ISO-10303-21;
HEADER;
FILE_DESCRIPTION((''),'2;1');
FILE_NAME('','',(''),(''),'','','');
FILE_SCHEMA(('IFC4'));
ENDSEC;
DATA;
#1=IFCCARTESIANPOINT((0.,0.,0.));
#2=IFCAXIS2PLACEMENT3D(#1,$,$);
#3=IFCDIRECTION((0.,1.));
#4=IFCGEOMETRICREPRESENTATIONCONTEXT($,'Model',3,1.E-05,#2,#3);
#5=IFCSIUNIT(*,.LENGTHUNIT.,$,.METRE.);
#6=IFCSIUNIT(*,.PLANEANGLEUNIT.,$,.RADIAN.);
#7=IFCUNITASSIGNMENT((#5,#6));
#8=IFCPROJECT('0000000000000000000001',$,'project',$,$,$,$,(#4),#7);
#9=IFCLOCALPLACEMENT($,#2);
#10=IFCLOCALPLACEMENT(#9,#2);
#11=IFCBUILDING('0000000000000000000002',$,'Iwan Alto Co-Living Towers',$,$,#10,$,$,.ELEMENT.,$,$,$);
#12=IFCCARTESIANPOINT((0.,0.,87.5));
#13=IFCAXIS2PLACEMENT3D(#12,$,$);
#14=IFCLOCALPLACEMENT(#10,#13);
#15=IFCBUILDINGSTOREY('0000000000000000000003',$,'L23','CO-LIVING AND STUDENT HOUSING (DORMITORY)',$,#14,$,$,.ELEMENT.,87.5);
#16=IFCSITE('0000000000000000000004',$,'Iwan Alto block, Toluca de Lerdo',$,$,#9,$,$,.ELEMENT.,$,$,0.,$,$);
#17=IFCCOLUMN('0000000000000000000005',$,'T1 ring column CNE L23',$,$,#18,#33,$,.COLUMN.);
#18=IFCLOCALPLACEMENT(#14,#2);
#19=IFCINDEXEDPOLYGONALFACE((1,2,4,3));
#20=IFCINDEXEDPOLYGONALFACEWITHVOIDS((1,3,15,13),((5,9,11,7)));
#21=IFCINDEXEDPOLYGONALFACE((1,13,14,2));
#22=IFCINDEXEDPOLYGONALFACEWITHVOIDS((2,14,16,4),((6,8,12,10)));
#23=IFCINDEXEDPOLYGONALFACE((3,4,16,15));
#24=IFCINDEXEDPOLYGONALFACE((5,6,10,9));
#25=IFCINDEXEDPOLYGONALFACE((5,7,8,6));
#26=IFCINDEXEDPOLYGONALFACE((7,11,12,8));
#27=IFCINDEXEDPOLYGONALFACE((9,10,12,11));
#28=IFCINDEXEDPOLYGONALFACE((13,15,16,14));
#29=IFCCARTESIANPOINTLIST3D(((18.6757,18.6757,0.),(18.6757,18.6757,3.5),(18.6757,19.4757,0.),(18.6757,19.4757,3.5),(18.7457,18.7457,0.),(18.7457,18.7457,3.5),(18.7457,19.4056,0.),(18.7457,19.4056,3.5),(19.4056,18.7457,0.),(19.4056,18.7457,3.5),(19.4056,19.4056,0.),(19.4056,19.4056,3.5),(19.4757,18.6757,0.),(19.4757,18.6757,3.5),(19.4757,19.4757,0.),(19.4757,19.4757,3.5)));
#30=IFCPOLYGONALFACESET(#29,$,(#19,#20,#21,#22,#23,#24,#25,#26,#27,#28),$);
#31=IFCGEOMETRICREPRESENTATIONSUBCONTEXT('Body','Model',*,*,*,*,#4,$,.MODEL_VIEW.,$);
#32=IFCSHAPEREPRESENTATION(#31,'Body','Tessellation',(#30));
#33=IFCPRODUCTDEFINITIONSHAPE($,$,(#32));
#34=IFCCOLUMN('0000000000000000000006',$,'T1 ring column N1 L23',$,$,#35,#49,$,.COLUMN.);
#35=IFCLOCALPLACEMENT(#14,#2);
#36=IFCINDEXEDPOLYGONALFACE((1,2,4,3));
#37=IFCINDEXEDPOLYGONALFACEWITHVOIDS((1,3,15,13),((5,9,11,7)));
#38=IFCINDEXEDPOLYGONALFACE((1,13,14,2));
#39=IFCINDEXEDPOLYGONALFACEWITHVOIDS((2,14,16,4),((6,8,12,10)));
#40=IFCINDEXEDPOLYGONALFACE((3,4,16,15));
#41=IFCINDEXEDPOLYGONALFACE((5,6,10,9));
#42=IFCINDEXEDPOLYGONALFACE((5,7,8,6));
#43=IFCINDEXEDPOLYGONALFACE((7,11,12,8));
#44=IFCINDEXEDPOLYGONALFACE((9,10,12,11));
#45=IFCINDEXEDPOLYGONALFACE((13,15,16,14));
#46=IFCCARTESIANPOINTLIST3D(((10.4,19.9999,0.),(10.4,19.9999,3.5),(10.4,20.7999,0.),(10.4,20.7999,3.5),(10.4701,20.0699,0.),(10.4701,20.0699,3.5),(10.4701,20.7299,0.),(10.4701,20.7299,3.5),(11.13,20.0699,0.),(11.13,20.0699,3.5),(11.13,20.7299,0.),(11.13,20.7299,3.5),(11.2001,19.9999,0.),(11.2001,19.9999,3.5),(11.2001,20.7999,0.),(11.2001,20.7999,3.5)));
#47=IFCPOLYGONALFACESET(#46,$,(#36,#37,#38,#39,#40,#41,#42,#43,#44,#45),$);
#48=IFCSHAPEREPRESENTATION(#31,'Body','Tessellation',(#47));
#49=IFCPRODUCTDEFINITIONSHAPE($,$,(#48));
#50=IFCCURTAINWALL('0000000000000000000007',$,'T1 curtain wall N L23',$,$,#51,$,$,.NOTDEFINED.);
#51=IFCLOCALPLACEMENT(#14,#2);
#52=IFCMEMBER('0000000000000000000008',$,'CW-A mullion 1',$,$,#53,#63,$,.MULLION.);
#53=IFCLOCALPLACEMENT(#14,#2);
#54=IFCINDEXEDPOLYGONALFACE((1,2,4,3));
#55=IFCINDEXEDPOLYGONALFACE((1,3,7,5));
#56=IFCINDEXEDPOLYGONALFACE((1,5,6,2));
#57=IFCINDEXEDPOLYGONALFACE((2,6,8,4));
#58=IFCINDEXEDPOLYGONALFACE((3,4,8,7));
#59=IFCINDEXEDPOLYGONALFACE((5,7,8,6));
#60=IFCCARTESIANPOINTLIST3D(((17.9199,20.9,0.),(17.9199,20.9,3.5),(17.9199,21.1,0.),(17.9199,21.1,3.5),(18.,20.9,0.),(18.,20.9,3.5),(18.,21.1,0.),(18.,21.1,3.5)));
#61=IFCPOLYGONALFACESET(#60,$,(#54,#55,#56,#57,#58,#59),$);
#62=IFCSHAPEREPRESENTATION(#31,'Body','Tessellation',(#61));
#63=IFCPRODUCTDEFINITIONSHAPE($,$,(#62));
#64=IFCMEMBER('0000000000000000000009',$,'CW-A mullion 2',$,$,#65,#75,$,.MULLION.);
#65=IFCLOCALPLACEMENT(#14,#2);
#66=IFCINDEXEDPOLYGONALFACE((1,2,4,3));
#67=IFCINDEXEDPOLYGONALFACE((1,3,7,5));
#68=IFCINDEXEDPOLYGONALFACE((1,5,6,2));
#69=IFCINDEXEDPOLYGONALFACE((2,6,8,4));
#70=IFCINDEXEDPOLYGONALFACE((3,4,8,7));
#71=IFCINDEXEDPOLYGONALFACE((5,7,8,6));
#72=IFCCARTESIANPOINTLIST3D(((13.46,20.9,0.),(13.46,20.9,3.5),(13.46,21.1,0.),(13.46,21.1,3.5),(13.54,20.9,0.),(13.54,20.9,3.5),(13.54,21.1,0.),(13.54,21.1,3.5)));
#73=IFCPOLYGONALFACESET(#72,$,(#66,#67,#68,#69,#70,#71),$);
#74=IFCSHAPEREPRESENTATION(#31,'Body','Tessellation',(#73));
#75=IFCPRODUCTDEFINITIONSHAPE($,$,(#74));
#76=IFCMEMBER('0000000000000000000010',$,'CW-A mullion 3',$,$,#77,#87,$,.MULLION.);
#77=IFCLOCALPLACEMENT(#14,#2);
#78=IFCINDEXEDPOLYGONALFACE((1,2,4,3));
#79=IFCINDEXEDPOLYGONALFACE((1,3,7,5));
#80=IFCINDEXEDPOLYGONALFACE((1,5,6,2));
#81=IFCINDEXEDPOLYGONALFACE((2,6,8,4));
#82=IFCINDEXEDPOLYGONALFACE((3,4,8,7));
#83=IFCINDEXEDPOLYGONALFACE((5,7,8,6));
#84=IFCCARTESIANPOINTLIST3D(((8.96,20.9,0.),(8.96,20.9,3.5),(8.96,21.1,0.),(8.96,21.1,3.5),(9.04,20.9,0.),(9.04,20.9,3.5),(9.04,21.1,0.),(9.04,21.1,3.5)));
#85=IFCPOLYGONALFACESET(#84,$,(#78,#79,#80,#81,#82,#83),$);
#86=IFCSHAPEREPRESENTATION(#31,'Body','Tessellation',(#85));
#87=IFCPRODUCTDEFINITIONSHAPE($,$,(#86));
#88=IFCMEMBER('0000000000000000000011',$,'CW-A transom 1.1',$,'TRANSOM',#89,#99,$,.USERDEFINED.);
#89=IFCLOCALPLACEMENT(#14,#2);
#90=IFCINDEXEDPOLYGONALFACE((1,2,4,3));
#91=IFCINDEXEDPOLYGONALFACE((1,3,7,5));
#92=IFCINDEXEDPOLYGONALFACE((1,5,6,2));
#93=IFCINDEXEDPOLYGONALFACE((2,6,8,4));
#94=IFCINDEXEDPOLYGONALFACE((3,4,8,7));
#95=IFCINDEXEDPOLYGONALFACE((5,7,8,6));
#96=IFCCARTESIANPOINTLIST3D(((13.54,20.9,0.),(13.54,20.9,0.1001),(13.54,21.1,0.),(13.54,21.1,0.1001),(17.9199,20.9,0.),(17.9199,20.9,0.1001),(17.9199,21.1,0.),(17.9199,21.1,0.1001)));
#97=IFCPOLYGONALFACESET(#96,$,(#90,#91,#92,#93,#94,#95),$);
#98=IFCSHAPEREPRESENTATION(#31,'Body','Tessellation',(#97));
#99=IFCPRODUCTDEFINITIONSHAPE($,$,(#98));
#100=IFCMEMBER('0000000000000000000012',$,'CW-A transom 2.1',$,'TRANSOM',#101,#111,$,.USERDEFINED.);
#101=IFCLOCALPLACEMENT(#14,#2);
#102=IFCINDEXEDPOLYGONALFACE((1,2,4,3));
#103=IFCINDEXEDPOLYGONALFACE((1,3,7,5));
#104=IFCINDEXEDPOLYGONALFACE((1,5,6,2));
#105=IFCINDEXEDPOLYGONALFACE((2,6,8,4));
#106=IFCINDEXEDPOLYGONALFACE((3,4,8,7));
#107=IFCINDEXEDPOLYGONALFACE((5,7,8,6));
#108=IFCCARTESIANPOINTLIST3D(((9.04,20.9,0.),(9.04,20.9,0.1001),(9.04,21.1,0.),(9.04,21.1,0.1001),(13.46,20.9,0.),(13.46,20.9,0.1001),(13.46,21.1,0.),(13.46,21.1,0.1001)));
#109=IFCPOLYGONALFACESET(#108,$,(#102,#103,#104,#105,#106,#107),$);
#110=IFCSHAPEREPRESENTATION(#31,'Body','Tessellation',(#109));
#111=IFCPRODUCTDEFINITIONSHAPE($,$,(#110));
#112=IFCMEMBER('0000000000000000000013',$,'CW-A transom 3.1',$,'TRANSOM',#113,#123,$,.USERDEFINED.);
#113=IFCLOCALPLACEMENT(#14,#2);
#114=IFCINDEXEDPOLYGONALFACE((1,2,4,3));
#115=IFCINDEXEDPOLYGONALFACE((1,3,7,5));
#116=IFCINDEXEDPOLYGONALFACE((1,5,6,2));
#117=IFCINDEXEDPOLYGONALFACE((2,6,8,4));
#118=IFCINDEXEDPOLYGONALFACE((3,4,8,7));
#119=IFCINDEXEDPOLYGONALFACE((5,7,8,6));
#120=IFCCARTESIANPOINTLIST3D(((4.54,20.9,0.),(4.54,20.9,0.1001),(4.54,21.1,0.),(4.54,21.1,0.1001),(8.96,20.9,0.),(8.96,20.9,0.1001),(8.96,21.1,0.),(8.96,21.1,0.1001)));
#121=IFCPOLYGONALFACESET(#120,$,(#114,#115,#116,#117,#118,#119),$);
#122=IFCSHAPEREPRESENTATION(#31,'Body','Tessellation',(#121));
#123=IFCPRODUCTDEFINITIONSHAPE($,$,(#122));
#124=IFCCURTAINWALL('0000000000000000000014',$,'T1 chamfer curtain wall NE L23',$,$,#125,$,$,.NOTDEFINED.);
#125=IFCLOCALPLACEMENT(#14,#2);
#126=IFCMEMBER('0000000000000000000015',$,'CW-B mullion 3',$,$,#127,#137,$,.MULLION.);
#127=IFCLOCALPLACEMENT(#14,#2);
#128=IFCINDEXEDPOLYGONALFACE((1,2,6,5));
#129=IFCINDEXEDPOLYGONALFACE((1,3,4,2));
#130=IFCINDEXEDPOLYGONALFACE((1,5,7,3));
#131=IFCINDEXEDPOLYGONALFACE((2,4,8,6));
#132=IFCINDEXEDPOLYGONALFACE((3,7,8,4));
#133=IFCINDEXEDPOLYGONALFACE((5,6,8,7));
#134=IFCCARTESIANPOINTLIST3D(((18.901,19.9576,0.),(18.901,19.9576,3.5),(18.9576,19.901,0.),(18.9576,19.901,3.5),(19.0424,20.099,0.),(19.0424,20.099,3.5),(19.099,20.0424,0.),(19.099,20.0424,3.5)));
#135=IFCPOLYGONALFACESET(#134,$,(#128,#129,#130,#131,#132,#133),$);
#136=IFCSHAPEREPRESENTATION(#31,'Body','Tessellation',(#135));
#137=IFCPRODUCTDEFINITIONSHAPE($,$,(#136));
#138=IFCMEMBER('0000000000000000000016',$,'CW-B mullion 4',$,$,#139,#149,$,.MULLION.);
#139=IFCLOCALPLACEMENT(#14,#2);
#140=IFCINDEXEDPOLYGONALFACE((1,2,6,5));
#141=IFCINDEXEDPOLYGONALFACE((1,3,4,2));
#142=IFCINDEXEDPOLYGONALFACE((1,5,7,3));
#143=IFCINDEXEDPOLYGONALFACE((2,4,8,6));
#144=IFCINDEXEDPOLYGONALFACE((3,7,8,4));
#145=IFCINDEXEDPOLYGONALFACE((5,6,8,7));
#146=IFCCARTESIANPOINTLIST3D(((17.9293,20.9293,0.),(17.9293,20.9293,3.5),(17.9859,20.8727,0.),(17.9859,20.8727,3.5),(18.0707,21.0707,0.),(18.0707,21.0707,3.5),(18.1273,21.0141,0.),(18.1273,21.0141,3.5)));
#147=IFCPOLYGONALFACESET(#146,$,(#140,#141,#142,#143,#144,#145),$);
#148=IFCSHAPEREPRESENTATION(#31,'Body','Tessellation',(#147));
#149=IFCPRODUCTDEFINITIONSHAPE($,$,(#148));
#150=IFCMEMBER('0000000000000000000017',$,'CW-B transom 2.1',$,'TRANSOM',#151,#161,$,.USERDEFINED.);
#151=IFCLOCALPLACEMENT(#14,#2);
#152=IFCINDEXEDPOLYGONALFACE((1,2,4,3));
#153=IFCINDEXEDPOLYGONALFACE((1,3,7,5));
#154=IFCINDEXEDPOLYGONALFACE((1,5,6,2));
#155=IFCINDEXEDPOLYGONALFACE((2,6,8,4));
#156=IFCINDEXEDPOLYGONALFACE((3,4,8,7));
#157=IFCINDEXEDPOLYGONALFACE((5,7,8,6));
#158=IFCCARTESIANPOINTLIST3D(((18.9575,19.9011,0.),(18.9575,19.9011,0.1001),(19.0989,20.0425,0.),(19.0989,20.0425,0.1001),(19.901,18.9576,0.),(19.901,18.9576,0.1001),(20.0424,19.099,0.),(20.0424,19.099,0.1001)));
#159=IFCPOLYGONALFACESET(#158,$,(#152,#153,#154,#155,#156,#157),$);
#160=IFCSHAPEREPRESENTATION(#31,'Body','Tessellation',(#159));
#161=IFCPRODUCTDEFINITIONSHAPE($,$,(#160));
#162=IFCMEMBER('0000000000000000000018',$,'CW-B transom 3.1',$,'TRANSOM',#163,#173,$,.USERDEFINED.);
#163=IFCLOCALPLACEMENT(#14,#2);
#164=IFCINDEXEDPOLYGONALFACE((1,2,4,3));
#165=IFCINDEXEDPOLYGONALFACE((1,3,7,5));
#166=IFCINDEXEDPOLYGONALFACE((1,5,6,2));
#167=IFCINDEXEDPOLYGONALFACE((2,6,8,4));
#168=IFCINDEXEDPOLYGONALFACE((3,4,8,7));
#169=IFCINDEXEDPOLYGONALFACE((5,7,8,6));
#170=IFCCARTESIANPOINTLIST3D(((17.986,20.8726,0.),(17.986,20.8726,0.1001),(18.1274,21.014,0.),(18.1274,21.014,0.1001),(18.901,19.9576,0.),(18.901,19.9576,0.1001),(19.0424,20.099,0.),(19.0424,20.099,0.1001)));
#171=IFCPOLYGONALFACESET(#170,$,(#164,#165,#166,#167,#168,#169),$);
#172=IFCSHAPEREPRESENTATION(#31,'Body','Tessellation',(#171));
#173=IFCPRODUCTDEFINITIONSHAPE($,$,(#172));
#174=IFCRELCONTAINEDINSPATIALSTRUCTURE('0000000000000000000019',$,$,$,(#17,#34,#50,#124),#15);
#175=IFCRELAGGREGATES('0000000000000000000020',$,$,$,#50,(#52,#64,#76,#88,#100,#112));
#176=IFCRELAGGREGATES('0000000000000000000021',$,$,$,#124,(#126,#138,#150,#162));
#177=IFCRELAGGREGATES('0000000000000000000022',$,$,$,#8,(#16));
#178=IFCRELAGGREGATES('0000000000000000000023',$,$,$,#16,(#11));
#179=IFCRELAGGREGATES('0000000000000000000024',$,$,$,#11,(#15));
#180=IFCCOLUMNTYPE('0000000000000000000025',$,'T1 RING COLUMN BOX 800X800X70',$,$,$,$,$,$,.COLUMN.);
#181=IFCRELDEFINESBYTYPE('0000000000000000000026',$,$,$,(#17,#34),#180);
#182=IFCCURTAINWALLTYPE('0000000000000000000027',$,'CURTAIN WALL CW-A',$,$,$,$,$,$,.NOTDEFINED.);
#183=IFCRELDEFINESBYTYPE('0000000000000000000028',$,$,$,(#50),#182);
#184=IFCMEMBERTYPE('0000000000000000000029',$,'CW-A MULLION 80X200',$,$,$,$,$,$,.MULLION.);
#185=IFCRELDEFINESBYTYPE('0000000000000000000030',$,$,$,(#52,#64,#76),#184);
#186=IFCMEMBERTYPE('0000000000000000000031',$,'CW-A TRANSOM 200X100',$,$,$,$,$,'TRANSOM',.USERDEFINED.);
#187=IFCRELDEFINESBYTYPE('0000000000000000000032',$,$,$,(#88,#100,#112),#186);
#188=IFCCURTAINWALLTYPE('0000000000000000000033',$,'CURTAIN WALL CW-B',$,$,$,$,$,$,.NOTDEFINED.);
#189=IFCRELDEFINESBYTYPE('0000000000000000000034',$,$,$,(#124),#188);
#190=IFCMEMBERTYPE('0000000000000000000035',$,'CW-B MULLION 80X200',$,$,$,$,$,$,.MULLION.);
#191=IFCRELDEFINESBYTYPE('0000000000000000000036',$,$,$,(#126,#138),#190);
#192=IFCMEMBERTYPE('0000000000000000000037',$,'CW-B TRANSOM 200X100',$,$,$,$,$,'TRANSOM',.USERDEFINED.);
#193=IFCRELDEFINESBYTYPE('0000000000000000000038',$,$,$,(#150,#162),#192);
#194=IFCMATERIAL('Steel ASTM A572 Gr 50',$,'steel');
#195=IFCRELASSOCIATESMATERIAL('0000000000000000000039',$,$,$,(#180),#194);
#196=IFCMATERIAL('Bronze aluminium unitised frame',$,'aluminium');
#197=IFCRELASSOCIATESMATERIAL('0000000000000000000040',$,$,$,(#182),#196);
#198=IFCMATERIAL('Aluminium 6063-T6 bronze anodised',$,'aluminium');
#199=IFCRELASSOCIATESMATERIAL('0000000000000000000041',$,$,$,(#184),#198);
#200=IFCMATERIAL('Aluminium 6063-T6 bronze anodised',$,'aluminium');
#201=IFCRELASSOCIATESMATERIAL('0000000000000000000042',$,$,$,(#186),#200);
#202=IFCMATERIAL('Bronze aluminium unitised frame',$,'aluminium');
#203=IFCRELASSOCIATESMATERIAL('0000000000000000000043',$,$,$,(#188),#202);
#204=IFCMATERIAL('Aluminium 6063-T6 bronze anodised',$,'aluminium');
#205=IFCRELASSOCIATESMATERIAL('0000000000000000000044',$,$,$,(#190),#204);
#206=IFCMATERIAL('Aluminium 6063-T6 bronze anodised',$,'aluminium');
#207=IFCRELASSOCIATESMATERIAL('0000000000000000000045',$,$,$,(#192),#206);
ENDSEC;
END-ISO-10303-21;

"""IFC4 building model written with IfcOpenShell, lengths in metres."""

from ifc_helpers import new_model, si_unit, direction, frame, origin, origin_2d, place, context, subcontext, project, spatial, rectangle, hollow_rectangle, extrude, material, material_profile, profile_set, type_object, element, aggregate, save


model = new_model("IFC4")

# Units and contexts
model_context = context("Model", 3, precision=1e-05, world=origin(), true_north=direction((0.0, 1.0)))
body_context = subcontext(model_context, "Body", "Model", "MODEL_VIEW")
ifc_project = project(units=[si_unit("LENGTHUNIT", "METRE"), si_unit("PLANEANGLEUNIT", "RADIAN")], contexts=[model_context])

# Site, building, storey
site_placement = place(None, origin())
site = spatial("IfcSite", under=ifc_project, at=site_placement, Name="Iwan Alto block, Toluca de Lerdo", CompositionType="ELEMENT", RefElevation=0.0)
building_placement = place(site_placement, origin())
building = spatial("IfcBuilding", under=site, at=building_placement, Name="Iwan Alto Co-Living Towers", CompositionType="ELEMENT")
storey_placement = place(building_placement, frame((0.0, 0.0, 87.5)))
storey = spatial("IfcBuildingStorey", under=building, at=storey_placement, Name="L23", Description="CO-LIVING AND STUDENT HOUSING (DORMITORY)", CompositionType="ELEMENT", Elevation=87.5)

# Columns
ifc_material_1 = material(Name="Steel ASTM A572 Gr 50", Category="steel")
ifc_material_profile_1 = material_profile(ifc_material_1, hollow_rectangle(XDim=0.8, YDim=0.8, WallThickness=0.0701, at=origin_2d()), Name="BOX 800X800X70")
ifc_profile_set_1 = profile_set([ifc_material_profile_1], Name="Steel ASTM A572 Gr 50")
column_type = type_object("IfcColumnType", Name="T1 RING COLUMN BOX 800X800X70", PredefinedType="COLUMN", material=ifc_profile_set_1)
for number, where, z_axis, x_axis, name in (
    (1, (19.0757, 19.0757, 0.0), (0.0, 0.0, 1.0), (1.0, 0.0, 0.0), "T1 ring column CNE L23"),
    (2, (10.8, 20.3999, 0.0), (0.0, 0.0, 1.0), (1.0, 0.0, 0.0), "T1 ring column N1 L23"),
):
    element("IfcColumn", number, at=place(storey_placement, frame(where, z_axis=z_axis, x_axis=x_axis)), inside=storey, type_object=column_type, Name=name, PredefinedType="COLUMN", context=body_context, shape_type="SweptSolid", body=[
        extrude(hollow_rectangle(XDim=0.8, YDim=0.8, WallThickness=0.0701, at=origin_2d()), origin(), (0.0, 0.0, 1.0), 3.5),
    ])

# Curtain walls, members
ifc_material_2 = material(Name="Bronze aluminium unitised frame", Category="aluminium")
curtain_wall_type_1 = type_object("IfcCurtainWallType", Name="CURTAIN WALL CW-A", PredefinedType="NOTDEFINED", material=ifc_material_2)
curtain_wall_1_placement = place(storey_placement, origin())
curtain_wall_1 = element("IfcCurtainWall", 3, at=curtain_wall_1_placement, inside=storey, type_object=curtain_wall_type_1, Name="T1 curtain wall N L23", PredefinedType="NOTDEFINED")
ifc_material_3 = material(Name="Aluminium 6063-T6 bronze anodised", Category="aluminium")
ifc_material_profile_2 = material_profile(ifc_material_3, rectangle(XDim=0.2, YDim=0.0801, at=origin_2d()), Name="AL 80X200")
ifc_profile_set_2 = profile_set([ifc_material_profile_2], Name="Aluminium 6063-T6 bronze anodised")
member_type_1 = type_object("IfcMemberType", Name="CW-A MULLION 80X200", PredefinedType="MULLION", material=ifc_profile_set_2)
member_1_placement = place(storey_placement, frame((17.96, 21.0, 0.0), z_axis=(0.0, 0.0, 1.0), x_axis=(0.0, -1.0, 0.0)))
member_1 = element("IfcMember", 4, at=member_1_placement, type_object=member_type_1, Name="CW-A mullion 1", PredefinedType="MULLION", context=body_context, shape_type="SweptSolid", body=[
    extrude(rectangle(XDim=0.2, YDim=0.0801, at=origin_2d()), origin(), (0.0, 0.0, 1.0), 3.5),
])
member_2_placement = place(storey_placement, frame((13.5, 21.0, 0.0), z_axis=(0.0, 0.0, 1.0), x_axis=(0.0, -1.0, 0.0)))
member_2 = element("IfcMember", 5, at=member_2_placement, type_object=member_type_1, Name="CW-A mullion 2", PredefinedType="MULLION", context=body_context, shape_type="SweptSolid", body=[
    extrude(rectangle(XDim=0.2, YDim=0.0801, at=origin_2d()), origin(), (0.0, 0.0, 1.0), 3.5),
])
member_3_placement = place(storey_placement, frame((9.0, 21.0, 0.0), z_axis=(0.0, 0.0, 1.0), x_axis=(0.0, -1.0, 0.0)))
member_3 = element("IfcMember", 6, at=member_3_placement, type_object=member_type_1, Name="CW-A mullion 3", PredefinedType="MULLION", context=body_context, shape_type="SweptSolid", body=[
    extrude(rectangle(XDim=0.2, YDim=0.0801, at=origin_2d()), origin(), (0.0, 0.0, 1.0), 3.5),
])
ifc_material_4 = material(Name="Aluminium 6063-T6 bronze anodised", Category="aluminium")
ifc_material_profile_3 = material_profile(ifc_material_4, rectangle(XDim=0.2, YDim=0.1001, at=origin_2d()), Name="AL 200X100")
ifc_profile_set_3 = profile_set([ifc_material_profile_3], Name="Aluminium 6063-T6 bronze anodised")
member_type_2 = type_object("IfcMemberType", Name="CW-A TRANSOM 200X100", ElementType="TRANSOM", PredefinedType="USERDEFINED", material=ifc_profile_set_3)
member_4_placement = place(storey_placement, frame((17.9199, 21.0, 0.05), z_axis=(-1.0, 0.0, 0.0), x_axis=(0.0, -1.0, 0.0)))
member_4 = element("IfcMember", 7, at=member_4_placement, type_object=member_type_2, Name="CW-A transom 1.1", ObjectType="TRANSOM", PredefinedType="USERDEFINED", context=body_context, shape_type="SweptSolid", body=[
    extrude(rectangle(XDim=0.2, YDim=0.1001, at=origin_2d()), origin(), (0.0, 0.0, 1.0), 4.3799),
])
member_5_placement = place(storey_placement, frame((13.46, 21.0, 0.05), z_axis=(-1.0, 0.0, 0.0), x_axis=(0.0, -1.0, 0.0)))
member_5 = element("IfcMember", 8, at=member_5_placement, type_object=member_type_2, Name="CW-A transom 2.1", ObjectType="TRANSOM", PredefinedType="USERDEFINED", context=body_context, shape_type="SweptSolid", body=[
    extrude(rectangle(XDim=0.2, YDim=0.1001, at=origin_2d()), origin(), (0.0, 0.0, 1.0), 4.4199),
])
member_6_placement = place(storey_placement, frame((8.96, 21.0, 0.05), z_axis=(-1.0, 0.0, 0.0), x_axis=(0.0, -1.0, 0.0)))
member_6 = element("IfcMember", 9, at=member_6_placement, type_object=member_type_2, Name="CW-A transom 3.1", ObjectType="TRANSOM", PredefinedType="USERDEFINED", context=body_context, shape_type="SweptSolid", body=[
    extrude(rectangle(XDim=0.2, YDim=0.1001, at=origin_2d()), origin(), (0.0, 0.0, 1.0), 4.4199),
])
ifc_material_5 = material(Name="Bronze aluminium unitised frame", Category="aluminium")
curtain_wall_type_2 = type_object("IfcCurtainWallType", Name="CURTAIN WALL CW-B", PredefinedType="NOTDEFINED", material=ifc_material_5)
curtain_wall_2_placement = place(storey_placement, origin())
curtain_wall_2 = element("IfcCurtainWall", 10, at=curtain_wall_2_placement, inside=storey, type_object=curtain_wall_type_2, Name="T1 chamfer curtain wall NE L23", PredefinedType="NOTDEFINED")
ifc_material_6 = material(Name="Aluminium 6063-T6 bronze anodised", Category="aluminium")
ifc_material_profile_4 = material_profile(ifc_material_6, rectangle(XDim=0.2, YDim=0.0801, at=origin_2d()), Name="AL 80X200")
ifc_profile_set_4 = profile_set([ifc_material_profile_4], Name="Aluminium 6063-T6 bronze anodised")
member_type_3 = type_object("IfcMemberType", Name="CW-B MULLION 80X200", PredefinedType="MULLION", material=ifc_profile_set_4)
member_7_placement = place(storey_placement, frame((19.0, 20.0, 0.0), z_axis=(0.0, 0.0, 1.0), x_axis=(-0.707107, -0.707107, 0.0)))
member_7 = element("IfcMember", 11, at=member_7_placement, type_object=member_type_3, Name="CW-B mullion 3", PredefinedType="MULLION", context=body_context, shape_type="SweptSolid", body=[
    extrude(rectangle(XDim=0.2, YDim=0.0801, at=origin_2d()), origin(), (0.0, 0.0, 1.0), 3.5),
])
member_8_placement = place(storey_placement, frame((18.0283, 20.9717, 0.0), z_axis=(0.0, 0.0, 1.0), x_axis=(-0.707107, -0.707107, 0.0)))
member_8 = element("IfcMember", 12, at=member_8_placement, type_object=member_type_3, Name="CW-B mullion 4", PredefinedType="MULLION", context=body_context, shape_type="SweptSolid", body=[
    extrude(rectangle(XDim=0.2, YDim=0.0801, at=origin_2d()), origin(), (0.0, 0.0, 1.0), 3.5),
])
ifc_material_7 = material(Name="Aluminium 6063-T6 bronze anodised", Category="aluminium")
ifc_material_profile_5 = material_profile(ifc_material_7, rectangle(XDim=0.2, YDim=0.1001, at=origin_2d()), Name="AL 200X100")
ifc_profile_set_5 = profile_set([ifc_material_profile_5], Name="Aluminium 6063-T6 bronze anodised")
member_type_4 = type_object("IfcMemberType", Name="CW-B TRANSOM 200X100", ElementType="TRANSOM", PredefinedType="USERDEFINED", material=ifc_profile_set_5)
member_9_placement = place(storey_placement, frame((19.9717, 19.0283, 0.05), z_axis=(-0.707107, 0.707107, 0.0), x_axis=(-0.707107, -0.707107, 0.0)))
member_9 = element("IfcMember", 13, at=member_9_placement, type_object=member_type_4, Name="CW-B transom 2.1", ObjectType="TRANSOM", PredefinedType="USERDEFINED", context=body_context, shape_type="SweptSolid", body=[
    extrude(rectangle(XDim=0.2, YDim=0.1001, at=origin_2d()), origin(), (0.0, 0.0, 1.0), 1.3342),
])
member_10_placement = place(storey_placement, frame((18.9717, 20.0283, 0.05), z_axis=(-0.707107, 0.707107, 0.0), x_axis=(-0.707107, -0.707107, 0.0)))
member_10 = element("IfcMember", 14, at=member_10_placement, type_object=member_type_4, Name="CW-B transom 3.1", ObjectType="TRANSOM", PredefinedType="USERDEFINED", context=body_context, shape_type="SweptSolid", body=[
    extrude(rectangle(XDim=0.2, YDim=0.1001, at=origin_2d()), origin(), (0.0, 0.0, 1.0), 1.2939),
])

aggregate(curtain_wall_1, [member_1, member_2, member_3, member_4, member_5, member_6])
aggregate(curtain_wall_2, [member_7, member_8, member_9, member_10])

save(model, "model.ifc")
